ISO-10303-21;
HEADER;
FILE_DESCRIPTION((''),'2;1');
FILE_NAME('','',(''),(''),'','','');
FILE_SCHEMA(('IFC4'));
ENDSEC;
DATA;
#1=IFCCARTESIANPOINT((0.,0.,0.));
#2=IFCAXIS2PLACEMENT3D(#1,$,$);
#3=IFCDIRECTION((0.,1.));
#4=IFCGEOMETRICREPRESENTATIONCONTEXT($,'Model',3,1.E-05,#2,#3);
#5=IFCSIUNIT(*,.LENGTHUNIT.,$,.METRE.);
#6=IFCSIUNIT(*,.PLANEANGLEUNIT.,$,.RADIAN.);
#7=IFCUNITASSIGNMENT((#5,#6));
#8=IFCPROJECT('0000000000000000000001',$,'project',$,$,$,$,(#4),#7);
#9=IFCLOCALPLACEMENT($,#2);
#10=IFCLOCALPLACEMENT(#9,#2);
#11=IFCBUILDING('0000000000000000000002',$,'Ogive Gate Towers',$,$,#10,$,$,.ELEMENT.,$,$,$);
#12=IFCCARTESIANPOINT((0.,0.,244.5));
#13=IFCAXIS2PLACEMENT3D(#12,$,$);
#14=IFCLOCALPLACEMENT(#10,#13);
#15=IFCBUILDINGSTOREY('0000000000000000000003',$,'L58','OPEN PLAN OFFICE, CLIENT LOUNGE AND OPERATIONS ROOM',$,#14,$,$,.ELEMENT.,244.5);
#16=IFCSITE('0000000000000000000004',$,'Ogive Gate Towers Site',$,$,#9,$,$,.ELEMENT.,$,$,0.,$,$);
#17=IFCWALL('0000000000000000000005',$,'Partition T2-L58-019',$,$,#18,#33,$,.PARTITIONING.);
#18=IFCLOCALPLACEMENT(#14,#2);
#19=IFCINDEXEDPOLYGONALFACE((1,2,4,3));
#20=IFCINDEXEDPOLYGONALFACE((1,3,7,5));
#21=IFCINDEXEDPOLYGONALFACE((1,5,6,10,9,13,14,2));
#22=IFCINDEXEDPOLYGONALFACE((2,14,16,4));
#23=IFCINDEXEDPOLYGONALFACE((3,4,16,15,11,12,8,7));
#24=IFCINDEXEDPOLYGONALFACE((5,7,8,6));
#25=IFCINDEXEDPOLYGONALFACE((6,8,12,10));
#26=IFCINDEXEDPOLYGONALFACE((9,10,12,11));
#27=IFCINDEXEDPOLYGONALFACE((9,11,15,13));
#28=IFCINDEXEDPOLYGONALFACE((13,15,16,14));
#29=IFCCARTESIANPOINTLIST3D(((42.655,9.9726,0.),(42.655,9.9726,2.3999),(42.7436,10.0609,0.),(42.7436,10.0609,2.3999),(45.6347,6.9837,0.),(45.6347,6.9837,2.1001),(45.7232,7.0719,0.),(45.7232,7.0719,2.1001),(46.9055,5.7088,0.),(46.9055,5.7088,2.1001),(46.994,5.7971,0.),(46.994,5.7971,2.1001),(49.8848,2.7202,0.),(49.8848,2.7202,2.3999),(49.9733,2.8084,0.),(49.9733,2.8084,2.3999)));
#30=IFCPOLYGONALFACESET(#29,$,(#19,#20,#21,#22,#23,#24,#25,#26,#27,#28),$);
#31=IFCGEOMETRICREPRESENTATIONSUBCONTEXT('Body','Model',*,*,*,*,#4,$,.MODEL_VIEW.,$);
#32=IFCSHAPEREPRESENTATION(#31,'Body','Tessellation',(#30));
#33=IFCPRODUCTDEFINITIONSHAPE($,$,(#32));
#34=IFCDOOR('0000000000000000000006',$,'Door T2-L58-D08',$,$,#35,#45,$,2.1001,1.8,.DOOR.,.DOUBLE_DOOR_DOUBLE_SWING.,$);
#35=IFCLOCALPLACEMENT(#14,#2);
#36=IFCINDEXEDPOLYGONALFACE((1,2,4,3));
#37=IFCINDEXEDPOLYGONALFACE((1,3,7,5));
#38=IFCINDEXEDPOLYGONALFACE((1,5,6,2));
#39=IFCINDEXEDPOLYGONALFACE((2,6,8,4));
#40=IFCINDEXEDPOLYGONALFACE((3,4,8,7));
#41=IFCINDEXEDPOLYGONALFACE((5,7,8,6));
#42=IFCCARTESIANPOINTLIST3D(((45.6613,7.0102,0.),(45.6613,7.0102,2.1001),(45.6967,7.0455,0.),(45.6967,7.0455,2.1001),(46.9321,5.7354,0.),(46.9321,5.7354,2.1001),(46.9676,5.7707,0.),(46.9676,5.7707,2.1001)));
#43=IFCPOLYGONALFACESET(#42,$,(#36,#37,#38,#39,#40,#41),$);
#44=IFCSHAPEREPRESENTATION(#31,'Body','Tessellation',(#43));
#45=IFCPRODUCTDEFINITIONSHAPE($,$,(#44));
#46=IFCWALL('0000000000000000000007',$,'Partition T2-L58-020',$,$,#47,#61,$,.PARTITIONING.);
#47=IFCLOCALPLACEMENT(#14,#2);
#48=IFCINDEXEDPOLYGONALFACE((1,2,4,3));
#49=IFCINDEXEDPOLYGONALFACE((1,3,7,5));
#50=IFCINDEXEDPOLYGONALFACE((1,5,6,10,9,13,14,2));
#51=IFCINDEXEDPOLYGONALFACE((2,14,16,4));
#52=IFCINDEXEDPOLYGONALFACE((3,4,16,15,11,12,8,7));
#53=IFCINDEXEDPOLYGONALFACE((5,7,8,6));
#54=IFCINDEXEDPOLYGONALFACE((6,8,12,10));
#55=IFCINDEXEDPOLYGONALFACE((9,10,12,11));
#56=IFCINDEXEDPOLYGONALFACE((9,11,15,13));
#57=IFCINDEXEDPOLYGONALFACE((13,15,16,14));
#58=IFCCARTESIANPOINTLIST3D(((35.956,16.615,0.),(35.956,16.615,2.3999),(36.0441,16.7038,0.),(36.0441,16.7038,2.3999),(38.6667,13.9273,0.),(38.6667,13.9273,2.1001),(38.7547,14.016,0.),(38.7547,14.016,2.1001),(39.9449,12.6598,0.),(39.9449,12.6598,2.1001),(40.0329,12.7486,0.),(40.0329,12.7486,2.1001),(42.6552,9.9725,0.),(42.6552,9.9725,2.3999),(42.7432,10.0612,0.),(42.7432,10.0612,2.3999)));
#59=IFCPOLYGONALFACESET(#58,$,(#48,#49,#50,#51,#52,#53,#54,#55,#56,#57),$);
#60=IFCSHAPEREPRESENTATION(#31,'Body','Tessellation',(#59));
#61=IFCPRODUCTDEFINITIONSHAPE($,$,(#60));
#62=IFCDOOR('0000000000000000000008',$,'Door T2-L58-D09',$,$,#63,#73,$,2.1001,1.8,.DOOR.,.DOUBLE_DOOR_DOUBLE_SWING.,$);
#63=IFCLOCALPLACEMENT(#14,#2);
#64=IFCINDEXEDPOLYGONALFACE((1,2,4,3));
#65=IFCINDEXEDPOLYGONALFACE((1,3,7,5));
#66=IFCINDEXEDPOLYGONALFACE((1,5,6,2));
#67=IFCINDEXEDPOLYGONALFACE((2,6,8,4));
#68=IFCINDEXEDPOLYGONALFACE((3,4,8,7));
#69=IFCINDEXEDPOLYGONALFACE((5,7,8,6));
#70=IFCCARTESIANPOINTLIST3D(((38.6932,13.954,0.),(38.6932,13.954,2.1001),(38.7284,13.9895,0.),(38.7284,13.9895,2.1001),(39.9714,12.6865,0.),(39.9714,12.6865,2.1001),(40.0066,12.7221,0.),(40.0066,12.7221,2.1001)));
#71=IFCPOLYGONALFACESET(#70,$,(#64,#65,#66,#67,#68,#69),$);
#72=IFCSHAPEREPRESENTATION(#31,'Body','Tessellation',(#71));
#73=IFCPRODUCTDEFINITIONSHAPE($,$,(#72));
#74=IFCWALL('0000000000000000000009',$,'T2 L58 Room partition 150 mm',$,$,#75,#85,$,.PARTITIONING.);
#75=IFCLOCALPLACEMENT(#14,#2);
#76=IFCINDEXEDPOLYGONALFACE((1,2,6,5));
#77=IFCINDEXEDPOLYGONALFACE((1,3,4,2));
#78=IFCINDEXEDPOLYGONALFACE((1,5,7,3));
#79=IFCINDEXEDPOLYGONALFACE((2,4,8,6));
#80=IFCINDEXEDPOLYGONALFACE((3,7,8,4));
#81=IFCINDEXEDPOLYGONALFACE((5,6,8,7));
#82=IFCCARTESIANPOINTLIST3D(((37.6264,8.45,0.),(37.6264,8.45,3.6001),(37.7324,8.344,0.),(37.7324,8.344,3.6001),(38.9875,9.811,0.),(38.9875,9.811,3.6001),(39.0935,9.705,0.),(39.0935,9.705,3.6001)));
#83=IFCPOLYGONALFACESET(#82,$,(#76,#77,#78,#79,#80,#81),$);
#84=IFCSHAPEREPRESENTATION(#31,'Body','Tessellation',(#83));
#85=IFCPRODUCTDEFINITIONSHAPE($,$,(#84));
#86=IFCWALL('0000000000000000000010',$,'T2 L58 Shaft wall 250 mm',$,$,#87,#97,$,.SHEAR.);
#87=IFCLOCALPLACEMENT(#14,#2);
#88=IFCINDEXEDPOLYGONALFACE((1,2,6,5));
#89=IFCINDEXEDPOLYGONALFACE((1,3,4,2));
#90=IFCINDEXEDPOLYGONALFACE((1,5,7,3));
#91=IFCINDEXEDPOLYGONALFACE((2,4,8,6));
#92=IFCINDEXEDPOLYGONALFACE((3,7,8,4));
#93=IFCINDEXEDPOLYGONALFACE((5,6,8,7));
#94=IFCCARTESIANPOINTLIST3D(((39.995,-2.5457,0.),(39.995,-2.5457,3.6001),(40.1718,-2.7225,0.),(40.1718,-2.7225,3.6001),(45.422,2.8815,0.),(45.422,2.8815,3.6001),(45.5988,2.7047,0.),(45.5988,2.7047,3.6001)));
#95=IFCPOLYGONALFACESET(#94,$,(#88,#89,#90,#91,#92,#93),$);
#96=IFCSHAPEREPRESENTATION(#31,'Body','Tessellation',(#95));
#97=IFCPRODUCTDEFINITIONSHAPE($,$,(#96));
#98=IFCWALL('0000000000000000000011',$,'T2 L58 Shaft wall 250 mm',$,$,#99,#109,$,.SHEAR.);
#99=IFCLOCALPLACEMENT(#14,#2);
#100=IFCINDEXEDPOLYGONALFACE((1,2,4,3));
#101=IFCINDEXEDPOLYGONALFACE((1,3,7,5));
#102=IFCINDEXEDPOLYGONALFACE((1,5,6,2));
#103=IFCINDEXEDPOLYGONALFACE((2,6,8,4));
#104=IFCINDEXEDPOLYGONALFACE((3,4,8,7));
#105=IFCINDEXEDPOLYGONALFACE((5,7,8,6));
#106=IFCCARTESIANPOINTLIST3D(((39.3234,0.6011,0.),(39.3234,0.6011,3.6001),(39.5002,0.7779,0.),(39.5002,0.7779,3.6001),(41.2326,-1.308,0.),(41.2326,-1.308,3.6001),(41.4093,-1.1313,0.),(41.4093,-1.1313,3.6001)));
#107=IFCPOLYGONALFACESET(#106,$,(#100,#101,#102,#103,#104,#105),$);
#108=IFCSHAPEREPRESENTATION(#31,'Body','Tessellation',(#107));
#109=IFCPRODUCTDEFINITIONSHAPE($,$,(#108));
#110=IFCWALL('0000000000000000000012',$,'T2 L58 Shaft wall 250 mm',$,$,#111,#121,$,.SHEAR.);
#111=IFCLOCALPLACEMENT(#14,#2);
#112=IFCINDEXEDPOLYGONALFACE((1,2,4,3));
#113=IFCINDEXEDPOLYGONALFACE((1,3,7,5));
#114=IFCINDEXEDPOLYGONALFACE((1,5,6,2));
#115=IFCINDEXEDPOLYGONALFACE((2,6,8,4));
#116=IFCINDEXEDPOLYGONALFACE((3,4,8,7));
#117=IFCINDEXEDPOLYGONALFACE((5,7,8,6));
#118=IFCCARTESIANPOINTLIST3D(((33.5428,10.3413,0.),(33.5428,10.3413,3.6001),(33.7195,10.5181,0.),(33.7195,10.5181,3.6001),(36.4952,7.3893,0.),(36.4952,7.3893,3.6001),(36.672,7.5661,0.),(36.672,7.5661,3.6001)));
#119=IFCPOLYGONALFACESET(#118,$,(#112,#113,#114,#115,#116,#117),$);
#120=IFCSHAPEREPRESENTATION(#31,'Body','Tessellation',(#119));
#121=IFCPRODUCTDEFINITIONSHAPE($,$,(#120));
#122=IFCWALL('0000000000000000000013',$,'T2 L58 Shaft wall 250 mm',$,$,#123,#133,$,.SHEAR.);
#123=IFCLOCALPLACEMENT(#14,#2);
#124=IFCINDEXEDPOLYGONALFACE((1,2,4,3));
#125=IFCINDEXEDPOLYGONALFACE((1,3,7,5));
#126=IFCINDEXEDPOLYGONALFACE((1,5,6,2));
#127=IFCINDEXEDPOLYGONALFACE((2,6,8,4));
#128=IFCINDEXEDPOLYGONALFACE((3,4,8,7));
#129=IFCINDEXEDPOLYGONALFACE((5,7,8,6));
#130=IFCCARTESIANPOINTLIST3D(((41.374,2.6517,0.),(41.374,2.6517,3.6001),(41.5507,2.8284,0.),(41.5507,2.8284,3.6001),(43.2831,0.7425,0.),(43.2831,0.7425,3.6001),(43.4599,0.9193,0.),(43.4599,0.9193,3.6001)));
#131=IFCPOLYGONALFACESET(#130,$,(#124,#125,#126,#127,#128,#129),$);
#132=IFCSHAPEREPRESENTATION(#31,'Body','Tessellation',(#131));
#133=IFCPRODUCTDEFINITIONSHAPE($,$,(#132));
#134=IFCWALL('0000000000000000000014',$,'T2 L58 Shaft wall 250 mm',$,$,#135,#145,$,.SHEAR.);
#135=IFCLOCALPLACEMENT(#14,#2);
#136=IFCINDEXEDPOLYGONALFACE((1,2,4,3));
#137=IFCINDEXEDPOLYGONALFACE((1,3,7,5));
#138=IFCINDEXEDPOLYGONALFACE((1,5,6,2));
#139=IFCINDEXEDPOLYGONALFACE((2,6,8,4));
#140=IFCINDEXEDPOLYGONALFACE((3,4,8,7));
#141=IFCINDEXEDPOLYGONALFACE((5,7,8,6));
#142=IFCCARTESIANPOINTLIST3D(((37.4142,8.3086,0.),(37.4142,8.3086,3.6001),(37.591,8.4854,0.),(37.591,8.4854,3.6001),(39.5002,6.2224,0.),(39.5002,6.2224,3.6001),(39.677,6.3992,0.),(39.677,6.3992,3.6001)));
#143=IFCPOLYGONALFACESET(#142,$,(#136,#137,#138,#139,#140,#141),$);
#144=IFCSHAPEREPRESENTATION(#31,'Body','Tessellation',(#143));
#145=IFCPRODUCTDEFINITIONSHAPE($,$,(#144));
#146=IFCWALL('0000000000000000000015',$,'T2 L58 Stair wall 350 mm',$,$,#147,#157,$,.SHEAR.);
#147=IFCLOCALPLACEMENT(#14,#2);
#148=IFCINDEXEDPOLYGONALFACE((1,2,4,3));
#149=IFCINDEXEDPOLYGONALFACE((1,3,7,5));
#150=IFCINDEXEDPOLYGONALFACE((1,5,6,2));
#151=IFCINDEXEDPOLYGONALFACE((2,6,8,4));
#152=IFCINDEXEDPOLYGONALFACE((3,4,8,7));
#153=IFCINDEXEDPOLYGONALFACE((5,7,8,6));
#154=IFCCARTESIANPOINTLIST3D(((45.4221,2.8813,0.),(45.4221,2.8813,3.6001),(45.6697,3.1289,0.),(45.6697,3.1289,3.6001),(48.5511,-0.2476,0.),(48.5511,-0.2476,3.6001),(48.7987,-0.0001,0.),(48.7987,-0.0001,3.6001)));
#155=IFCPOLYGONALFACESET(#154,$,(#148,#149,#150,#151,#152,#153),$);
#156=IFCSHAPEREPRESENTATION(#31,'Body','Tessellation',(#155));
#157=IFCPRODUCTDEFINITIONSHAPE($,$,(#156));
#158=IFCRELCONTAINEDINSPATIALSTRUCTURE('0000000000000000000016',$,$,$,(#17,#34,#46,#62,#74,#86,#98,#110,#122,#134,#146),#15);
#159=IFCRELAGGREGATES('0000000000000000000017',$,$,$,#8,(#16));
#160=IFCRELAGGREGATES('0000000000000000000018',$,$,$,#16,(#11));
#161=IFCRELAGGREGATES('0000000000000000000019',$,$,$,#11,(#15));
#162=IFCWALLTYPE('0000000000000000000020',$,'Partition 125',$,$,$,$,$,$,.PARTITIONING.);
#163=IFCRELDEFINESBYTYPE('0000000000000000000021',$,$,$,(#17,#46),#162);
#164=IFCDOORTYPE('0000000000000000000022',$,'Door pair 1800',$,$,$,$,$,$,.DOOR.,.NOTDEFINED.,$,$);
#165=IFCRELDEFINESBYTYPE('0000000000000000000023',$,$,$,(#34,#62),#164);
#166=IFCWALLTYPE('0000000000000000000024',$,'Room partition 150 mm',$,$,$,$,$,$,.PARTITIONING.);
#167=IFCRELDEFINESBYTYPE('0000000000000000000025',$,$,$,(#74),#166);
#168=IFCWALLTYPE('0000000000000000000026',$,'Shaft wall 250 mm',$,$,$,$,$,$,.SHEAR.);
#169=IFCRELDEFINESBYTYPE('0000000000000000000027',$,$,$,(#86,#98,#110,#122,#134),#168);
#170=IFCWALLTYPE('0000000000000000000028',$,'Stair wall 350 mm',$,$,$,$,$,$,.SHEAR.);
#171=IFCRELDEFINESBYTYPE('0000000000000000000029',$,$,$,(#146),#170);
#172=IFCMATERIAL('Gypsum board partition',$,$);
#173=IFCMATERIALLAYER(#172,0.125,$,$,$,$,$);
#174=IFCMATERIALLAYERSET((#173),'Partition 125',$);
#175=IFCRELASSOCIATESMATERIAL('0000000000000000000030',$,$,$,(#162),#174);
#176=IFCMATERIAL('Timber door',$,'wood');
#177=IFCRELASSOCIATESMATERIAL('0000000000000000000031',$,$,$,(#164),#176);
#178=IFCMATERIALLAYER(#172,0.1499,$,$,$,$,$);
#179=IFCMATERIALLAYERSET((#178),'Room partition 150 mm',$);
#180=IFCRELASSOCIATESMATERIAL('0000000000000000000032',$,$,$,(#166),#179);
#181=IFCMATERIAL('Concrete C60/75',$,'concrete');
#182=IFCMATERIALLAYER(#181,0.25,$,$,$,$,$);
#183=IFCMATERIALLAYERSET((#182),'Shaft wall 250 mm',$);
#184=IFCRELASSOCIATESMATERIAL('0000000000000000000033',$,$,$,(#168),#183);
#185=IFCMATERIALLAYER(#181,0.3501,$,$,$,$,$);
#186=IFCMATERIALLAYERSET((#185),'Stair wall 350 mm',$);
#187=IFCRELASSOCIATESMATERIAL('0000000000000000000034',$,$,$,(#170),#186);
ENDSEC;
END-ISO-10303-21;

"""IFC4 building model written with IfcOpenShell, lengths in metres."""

from ifc_helpers import new_model, si_unit, direction, frame, frame_2d, origin, place, context, subcontext, project, spatial, rectangle, extrude, material, layer, layer_set, type_object, element, fill, save


model = new_model("IFC4")

# Units and contexts
model_context = context("Model", 3, precision=1e-05, world=origin(), true_north=direction((0.0, 1.0)))
body_context = subcontext(model_context, "Body", "Model", "MODEL_VIEW")
ifc_project = project(units=[si_unit("LENGTHUNIT", "METRE"), si_unit("PLANEANGLEUNIT", "RADIAN")], contexts=[model_context])

# Site, building, storey
site_placement = place(None, origin())
site = spatial("IfcSite", under=ifc_project, at=site_placement, Name="Ogive Gate Towers Site", CompositionType="ELEMENT", RefElevation=0.0)
building_placement = place(site_placement, origin())
building = spatial("IfcBuilding", under=site, at=building_placement, Name="Ogive Gate Towers", CompositionType="ELEMENT")
storey_placement = place(building_placement, frame((0.0, 0.0, 244.5)))
storey = spatial("IfcBuildingStorey", under=building, at=storey_placement, Name="L58", Description="OPEN PLAN OFFICE, CLIENT LOUNGE AND OPERATIONS ROOM", CompositionType="ELEMENT", Elevation=244.5)

# Shared definitions
ifc_material_1 = material(Name="Concrete C60/75", Category="concrete")

# Shared definitions
ifc_material_2 = material(Name="Gypsum board partition")
ifc_layer_1 = layer(ifc_material_2, 0.125)
ifc_layer_set_1 = layer_set([ifc_layer_1], Name="Partition 125")
wall_type_1 = type_object("IfcWallType", Name="Partition 125", PredefinedType="PARTITIONING", material=ifc_layer_set_1)

# Walls, openings, doors
ifc_material_3 = material(Name="Timber door", Category="wood")
wall_1_placement = place(storey_placement, frame((49.929, 2.7644, 0.0), z_axis=(0.0, 0.0, 1.0), x_axis=(-0.705997, 0.708215, 0.0)))
wall_1 = element("IfcWall", 1, at=wall_1_placement, inside=storey, type_object=wall_type_1, Name="Partition T2-L58-019", PredefinedType="PARTITIONING", context=body_context, shape_type="SweptSolid", body=[
    extrude(rectangle(XDim=10.2405, YDim=0.125, at=frame_2d((5.1201, 0.0))), origin(), (0.0, 0.0, 1.0), 2.3999),
])
opening_1_placement = place(wall_1_placement, frame((4.22, 0.0, 0.0)))
opening_1 = element("IfcOpeningElement", 2, at=opening_1_placement, cuts=wall_1, PredefinedType="OPENING", context=body_context, shape_type="SweptSolid", body=[
    extrude(rectangle(XDim=1.8, YDim=2.1001, at=frame_2d((0.8999, 1.05))), frame((0.0, 0.0725, 0.0), z_axis=(0.0, -1.0, 0.0), x_axis=(1.0, 0.0, 0.0)), (0.0, 0.0, 1.0), 0.145),
])
door_type_1 = type_object("IfcDoorType", Name="Door pair 1800", OperationType="NOTDEFINED", PredefinedType="DOOR", material=ifc_material_3)
door_1_placement = place(opening_1_placement, origin())
door_1 = element("IfcDoor", 3, at=door_1_placement, inside=storey, type_object=door_type_1, Name="Door T2-L58-D08", OperationType="DOUBLE_DOOR_DOUBLE_SWING", OverallHeight=2.1001, OverallWidth=1.8, PredefinedType="DOOR", context=body_context, shape_type="SweptSolid", body=[
    extrude(rectangle(XDim=1.8, YDim=2.1001, at=frame_2d((0.8999, 1.05))), frame((0.0, 0.0249, 0.0), z_axis=(0.0, -1.0, 0.0), x_axis=(1.0, 0.0, 0.0)), (0.0, 0.0, 1.0), 0.05),
])
fill(opening_1, door_1)
wall_2_placement = place(storey_placement, frame((42.6992, 10.0168, 0.0), z_axis=(0.0, 0.0, 1.0), x_axis=(-0.710102, 0.704099, 0.0)))
wall_2 = element("IfcWall", 4, at=wall_2_placement, inside=storey, type_object=wall_type_1, Name="Partition T2-L58-020", PredefinedType="PARTITIONING", context=body_context, shape_type="SweptSolid", body=[
    extrude(rectangle(XDim=9.4341, YDim=0.125, at=frame_2d((4.717, 0.0))), origin(), (0.0, 0.0, 1.0), 2.3999),
])
opening_2_placement = place(wall_2_placement, frame((3.8169, 0.0, 0.0)))
opening_2 = element("IfcOpeningElement", 5, at=opening_2_placement, cuts=wall_2, PredefinedType="OPENING", context=body_context, shape_type="SweptSolid", body=[
    extrude(rectangle(XDim=1.8, YDim=2.1001, at=frame_2d((0.8999, 1.05))), frame((0.0, 0.0725, 0.0), z_axis=(0.0, -1.0, 0.0), x_axis=(1.0, 0.0, 0.0)), (0.0, 0.0, 1.0), 0.145),
])
door_2_placement = place(opening_2_placement, origin())
door_2 = element("IfcDoor", 6, at=door_2_placement, inside=storey, type_object=door_type_1, Name="Door T2-L58-D09", OperationType="DOUBLE_DOOR_DOUBLE_SWING", OverallHeight=2.1001, OverallWidth=1.8, PredefinedType="DOOR", context=body_context, shape_type="SweptSolid", body=[
    extrude(rectangle(XDim=1.8, YDim=2.1001, at=frame_2d((0.8999, 1.05))), frame((0.0, 0.0249, 0.0), z_axis=(0.0, -1.0, 0.0), x_axis=(1.0, 0.0, 0.0)), (0.0, 0.0, 1.0), 0.05),
])
fill(opening_2, door_2)

# Walls
ifc_layer_2 = layer(ifc_material_2, 0.1499)
ifc_layer_set_2 = layer_set([ifc_layer_2], Name="Room partition 150 mm")
wall_type_2 = type_object("IfcWallType", Name="Room partition 150 mm", PredefinedType="PARTITIONING", material=ifc_layer_set_2)
wall_3_placement = place(storey_placement, frame((37.6794, 8.397, 0.0), z_axis=(0.0, 0.0, 1.0), x_axis=(0.707107, 0.707107, 0.0)))
element("IfcWall", 7, at=wall_3_placement, inside=storey, type_object=wall_type_2, Name="T2 L58 Room partition 150 mm", PredefinedType="PARTITIONING", context=body_context, shape_type="SweptSolid", body=[
    extrude(rectangle(XDim=1.9248, YDim=0.1499, at=frame_2d((0.9624, 0.0))), origin(), (0.0, 0.0, 1.0), 3.6001),
])
ifc_layer_3 = layer(ifc_material_1, 0.25)
ifc_layer_set_3 = layer_set([ifc_layer_3], Name="Shaft wall 250 mm")
wall_type_3 = type_object("IfcWallType", Name="Shaft wall 250 mm", PredefinedType="SHEAR", material=ifc_layer_set_3)
wall_4_placement = place(storey_placement, frame((40.0835, -2.634, 0.0), z_axis=(0.0, 0.0, 1.0), x_axis=(0.707091, 0.707123, 0.0)))
element("IfcWall", 8, at=wall_4_placement, inside=storey, type_object=wall_type_3, Name="T2 L58 Shaft wall 250 mm", PredefinedType="SHEAR", context=body_context, shape_type="SweptSolid", body=[
    extrude(rectangle(XDim=7.675, YDim=0.25, at=frame_2d((3.8374, 0.0))), origin(), (0.0, 0.0, 1.0), 3.6001),
])
wall_5_placement = place(storey_placement, frame((41.321, -1.2197, 0.0), z_axis=(0.0, 0.0, 1.0), x_axis=(-0.707107, 0.707107, 0.0)))
element("IfcWall", 9, at=wall_5_placement, inside=storey, type_object=wall_type_3, Name="T2 L58 Shaft wall 250 mm", PredefinedType="SHEAR", context=body_context, shape_type="SweptSolid", body=[
    extrude(rectangle(XDim=2.7, YDim=0.25, at=frame_2d((1.3501, 0.0))), origin(), (0.0, 0.0, 1.0), 3.6001),
])
wall_6_placement = place(storey_placement, frame((36.5835, 7.4778, 0.0), z_axis=(0.0, 0.0, 1.0), x_axis=(-0.707165, 0.707048, 0.0)))
element("IfcWall", 10, at=wall_6_placement, inside=storey, type_object=wall_type_3, Name="T2 L58 Shaft wall 250 mm", PredefinedType="SHEAR", context=body_context, shape_type="SweptSolid", body=[
    extrude(rectangle(XDim=4.175, YDim=0.25, at=frame_2d((2.0874, 0.0))), origin(), (0.0, 0.0, 1.0), 3.6001),
])
wall_7_placement = place(storey_placement, frame((43.3716, 0.8308, 0.0), z_axis=(0.0, 0.0, 1.0), x_axis=(-0.707107, 0.707107, 0.0)))
element("IfcWall", 11, at=wall_7_placement, inside=storey, type_object=wall_type_3, Name="T2 L58 Shaft wall 250 mm", PredefinedType="SHEAR", context=body_context, shape_type="SweptSolid", body=[
    extrude(rectangle(XDim=2.7, YDim=0.25, at=frame_2d((1.3501, 0.0))), origin(), (0.0, 0.0, 1.0), 3.6001),
])
wall_8_placement = place(storey_placement, frame((39.5886, 6.3108, 0.0), z_axis=(0.0, 0.0, 1.0), x_axis=(-0.707065, 0.707148, 0.0)))
element("IfcWall", 12, at=wall_8_placement, inside=storey, type_object=wall_type_3, Name="T2 L58 Shaft wall 250 mm", PredefinedType="SHEAR", context=body_context, shape_type="SweptSolid", body=[
    extrude(rectangle(XDim=2.9502, YDim=0.25, at=frame_2d((1.4751, 0.0))), origin(), (0.0, 0.0, 1.0), 3.6001),
])
ifc_layer_4 = layer(ifc_material_1, 0.3501)
ifc_layer_set_4 = layer_set([ifc_layer_4], Name="Stair wall 350 mm")
wall_type_4 = type_object("IfcWallType", Name="Stair wall 350 mm", PredefinedType="SHEAR", material=ifc_layer_set_4)
wall_9_placement = place(storey_placement, frame((48.6748, -0.1238, 0.0), z_axis=(0.0, 0.0, 1.0), x_axis=(-0.707107, 0.707107, 0.0)))
element("IfcWall", 13, at=wall_9_placement, inside=storey, type_object=wall_type_4, Name="T2 L58 Stair wall 350 mm", PredefinedType="SHEAR", context=body_context, shape_type="SweptSolid", body=[
    extrude(rectangle(XDim=4.425, YDim=0.3501, at=frame_2d((2.2124, 0.0))), origin(), (0.0, 0.0, 1.0), 3.6001),
])

save(model, "model.ifc")
